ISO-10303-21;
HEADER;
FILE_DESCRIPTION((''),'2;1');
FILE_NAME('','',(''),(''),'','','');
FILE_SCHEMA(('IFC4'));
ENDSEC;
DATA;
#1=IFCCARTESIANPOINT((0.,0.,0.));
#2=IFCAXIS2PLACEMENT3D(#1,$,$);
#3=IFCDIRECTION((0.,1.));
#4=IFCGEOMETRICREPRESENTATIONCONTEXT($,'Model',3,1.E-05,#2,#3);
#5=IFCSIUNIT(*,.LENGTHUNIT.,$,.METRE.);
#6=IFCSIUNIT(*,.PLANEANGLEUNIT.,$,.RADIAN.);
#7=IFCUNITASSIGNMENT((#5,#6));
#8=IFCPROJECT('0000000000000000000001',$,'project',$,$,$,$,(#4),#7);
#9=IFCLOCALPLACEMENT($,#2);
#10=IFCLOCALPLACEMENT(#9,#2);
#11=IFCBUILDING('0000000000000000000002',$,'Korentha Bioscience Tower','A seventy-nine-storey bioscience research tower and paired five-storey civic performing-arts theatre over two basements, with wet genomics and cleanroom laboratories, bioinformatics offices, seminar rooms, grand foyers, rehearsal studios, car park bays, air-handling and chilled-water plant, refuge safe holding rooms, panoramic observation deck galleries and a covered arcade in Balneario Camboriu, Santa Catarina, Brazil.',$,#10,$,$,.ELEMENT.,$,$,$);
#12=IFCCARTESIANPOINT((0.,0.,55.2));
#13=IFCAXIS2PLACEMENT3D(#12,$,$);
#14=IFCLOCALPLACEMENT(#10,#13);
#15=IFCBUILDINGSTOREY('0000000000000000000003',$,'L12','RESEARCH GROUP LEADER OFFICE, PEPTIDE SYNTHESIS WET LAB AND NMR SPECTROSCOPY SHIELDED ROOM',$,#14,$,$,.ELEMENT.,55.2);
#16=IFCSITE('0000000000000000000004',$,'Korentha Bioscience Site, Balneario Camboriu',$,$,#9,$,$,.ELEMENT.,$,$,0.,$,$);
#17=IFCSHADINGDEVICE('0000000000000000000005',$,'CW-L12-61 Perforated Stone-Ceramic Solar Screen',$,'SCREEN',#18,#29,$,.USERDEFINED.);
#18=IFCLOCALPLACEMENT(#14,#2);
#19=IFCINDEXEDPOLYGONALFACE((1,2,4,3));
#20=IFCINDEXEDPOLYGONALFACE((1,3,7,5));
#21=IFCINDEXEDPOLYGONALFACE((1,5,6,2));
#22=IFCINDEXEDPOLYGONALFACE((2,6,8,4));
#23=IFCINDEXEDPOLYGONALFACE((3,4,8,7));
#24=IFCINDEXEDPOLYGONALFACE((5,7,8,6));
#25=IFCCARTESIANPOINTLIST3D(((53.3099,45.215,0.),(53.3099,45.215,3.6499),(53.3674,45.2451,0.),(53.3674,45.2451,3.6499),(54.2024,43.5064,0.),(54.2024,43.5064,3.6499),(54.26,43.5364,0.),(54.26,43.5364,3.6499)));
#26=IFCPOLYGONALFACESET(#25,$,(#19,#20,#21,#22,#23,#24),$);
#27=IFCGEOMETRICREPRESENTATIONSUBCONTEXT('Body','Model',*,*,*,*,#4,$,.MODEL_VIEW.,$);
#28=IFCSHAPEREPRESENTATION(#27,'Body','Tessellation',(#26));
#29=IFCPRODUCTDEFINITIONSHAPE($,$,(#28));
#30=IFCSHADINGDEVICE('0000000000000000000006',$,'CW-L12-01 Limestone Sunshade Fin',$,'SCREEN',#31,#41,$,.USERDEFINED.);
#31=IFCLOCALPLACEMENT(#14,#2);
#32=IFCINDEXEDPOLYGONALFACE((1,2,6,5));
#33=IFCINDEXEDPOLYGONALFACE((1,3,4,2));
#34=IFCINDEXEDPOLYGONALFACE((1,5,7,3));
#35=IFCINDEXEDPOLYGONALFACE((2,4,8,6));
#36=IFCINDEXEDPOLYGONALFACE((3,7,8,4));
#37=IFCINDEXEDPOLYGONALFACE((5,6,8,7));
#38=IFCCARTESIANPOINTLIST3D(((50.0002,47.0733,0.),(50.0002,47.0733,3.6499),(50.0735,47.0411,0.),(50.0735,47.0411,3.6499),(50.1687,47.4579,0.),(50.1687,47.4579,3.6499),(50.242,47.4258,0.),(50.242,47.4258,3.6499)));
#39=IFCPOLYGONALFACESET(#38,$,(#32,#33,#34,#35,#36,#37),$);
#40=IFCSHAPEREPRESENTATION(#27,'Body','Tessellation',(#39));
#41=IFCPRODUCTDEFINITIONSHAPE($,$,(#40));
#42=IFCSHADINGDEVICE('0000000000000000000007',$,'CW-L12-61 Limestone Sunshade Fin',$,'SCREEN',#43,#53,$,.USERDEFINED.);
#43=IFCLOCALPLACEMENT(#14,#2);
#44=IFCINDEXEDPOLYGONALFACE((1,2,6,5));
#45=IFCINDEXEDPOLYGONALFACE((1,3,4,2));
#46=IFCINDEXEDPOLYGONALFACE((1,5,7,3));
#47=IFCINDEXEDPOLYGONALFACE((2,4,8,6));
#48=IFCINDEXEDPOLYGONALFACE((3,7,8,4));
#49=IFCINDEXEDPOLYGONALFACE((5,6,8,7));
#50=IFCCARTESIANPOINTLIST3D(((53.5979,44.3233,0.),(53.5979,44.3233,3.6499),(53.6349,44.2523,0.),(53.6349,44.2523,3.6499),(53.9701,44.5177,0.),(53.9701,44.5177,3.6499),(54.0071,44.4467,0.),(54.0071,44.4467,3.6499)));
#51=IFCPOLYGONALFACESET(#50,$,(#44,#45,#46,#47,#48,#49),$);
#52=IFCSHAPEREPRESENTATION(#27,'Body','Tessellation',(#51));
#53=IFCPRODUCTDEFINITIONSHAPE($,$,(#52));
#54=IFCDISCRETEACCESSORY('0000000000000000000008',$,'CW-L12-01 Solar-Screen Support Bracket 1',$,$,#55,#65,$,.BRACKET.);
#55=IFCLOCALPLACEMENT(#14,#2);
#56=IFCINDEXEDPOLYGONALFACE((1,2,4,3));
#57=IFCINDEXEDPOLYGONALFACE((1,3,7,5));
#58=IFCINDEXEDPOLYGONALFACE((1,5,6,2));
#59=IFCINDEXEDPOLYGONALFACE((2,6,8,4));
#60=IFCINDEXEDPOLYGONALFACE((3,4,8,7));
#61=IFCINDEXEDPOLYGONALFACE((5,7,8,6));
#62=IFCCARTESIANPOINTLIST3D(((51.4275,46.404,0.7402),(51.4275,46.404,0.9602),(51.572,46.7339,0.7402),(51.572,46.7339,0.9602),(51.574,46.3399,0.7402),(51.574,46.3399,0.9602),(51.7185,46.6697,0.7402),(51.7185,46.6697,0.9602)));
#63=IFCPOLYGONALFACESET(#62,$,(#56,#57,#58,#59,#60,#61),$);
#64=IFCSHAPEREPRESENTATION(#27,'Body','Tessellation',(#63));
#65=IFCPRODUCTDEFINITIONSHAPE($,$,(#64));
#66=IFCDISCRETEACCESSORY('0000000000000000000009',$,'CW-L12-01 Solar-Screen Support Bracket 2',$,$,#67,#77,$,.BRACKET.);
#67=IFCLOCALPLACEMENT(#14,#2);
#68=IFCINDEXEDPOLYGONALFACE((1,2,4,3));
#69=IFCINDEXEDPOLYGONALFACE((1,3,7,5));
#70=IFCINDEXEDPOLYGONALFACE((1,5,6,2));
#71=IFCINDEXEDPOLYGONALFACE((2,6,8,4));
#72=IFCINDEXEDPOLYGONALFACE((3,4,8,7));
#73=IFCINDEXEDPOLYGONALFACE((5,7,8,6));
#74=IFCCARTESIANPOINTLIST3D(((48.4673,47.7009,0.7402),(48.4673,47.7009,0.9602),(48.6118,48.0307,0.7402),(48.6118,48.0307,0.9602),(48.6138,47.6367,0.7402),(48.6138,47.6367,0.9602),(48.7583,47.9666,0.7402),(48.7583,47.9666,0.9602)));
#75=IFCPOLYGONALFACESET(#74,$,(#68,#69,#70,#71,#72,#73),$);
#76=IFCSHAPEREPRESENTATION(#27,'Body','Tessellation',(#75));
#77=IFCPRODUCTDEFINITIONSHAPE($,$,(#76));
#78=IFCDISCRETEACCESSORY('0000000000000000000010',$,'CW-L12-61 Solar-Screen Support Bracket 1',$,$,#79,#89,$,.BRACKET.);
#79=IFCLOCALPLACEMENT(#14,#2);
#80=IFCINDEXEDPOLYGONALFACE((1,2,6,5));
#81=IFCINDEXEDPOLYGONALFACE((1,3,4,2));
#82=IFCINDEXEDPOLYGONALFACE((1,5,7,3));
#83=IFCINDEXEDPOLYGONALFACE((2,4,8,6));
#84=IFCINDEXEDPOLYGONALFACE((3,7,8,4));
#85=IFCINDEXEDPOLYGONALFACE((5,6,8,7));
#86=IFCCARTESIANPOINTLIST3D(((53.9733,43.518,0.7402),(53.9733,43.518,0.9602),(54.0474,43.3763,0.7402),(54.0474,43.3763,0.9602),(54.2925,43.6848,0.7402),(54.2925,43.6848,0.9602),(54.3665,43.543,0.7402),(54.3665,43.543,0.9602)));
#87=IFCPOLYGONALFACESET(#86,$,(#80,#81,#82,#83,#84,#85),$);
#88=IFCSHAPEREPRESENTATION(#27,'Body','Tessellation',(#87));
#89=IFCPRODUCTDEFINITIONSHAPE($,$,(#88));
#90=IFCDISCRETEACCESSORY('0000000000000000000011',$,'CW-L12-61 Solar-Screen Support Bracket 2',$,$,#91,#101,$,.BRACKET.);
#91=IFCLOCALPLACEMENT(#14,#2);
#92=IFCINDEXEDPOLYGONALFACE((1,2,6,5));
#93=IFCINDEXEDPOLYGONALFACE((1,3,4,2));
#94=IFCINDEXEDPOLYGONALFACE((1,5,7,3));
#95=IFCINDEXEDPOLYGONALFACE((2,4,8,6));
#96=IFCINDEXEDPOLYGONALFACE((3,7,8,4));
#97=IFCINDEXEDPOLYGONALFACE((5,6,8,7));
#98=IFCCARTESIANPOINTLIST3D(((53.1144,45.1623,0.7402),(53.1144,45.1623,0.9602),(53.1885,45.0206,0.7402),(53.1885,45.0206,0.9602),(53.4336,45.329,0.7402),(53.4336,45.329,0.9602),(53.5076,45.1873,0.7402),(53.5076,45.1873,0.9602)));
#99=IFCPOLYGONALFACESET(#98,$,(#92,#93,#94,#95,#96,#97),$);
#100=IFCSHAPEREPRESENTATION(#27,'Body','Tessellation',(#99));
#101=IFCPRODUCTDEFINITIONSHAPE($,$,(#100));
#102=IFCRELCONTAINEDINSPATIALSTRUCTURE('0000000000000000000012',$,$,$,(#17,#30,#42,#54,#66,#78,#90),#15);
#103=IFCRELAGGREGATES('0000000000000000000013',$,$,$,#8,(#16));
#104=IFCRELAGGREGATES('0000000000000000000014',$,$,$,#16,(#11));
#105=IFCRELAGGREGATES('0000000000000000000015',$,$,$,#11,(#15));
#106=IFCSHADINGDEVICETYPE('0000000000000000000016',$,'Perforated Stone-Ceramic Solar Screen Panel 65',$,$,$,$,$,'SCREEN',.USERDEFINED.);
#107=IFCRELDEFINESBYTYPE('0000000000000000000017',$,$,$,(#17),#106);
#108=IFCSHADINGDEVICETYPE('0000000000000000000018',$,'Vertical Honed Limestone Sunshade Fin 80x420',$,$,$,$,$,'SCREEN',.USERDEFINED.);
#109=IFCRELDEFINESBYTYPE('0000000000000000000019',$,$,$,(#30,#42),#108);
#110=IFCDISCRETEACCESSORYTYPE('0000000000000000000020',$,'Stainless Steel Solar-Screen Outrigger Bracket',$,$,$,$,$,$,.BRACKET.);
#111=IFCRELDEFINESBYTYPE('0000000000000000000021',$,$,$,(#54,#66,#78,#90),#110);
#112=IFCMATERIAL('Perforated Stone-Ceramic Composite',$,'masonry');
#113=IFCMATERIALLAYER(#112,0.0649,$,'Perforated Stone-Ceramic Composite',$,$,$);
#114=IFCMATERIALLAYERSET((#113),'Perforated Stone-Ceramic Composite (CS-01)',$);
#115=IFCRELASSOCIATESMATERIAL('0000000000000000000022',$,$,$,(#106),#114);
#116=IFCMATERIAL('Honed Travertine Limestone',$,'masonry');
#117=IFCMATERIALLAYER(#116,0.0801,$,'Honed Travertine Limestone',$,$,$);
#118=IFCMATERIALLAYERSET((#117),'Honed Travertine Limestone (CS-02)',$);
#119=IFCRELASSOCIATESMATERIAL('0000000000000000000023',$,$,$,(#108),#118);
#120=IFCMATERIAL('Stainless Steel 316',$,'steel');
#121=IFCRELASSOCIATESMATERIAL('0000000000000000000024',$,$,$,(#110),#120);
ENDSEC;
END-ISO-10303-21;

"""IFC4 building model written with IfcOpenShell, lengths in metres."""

from ifc_helpers import new_model, si_unit, direction, frame, origin, origin_2d, place, context, subcontext, project, spatial, rectangle, extrude, material, layer, layer_set, type_object, element, save


model = new_model("IFC4")

# Units and contexts
model_context = context("Model", 3, precision=1e-05, world=origin(), true_north=direction((0.0, 1.0)))
body_context = subcontext(model_context, "Body", "Model", "MODEL_VIEW")
ifc_project = project(units=[si_unit("LENGTHUNIT", "METRE"), si_unit("PLANEANGLEUNIT", "RADIAN")], contexts=[model_context])

# Site, building, storey
site_placement = place(None, origin())
site = spatial("IfcSite", under=ifc_project, at=site_placement, Name="Korentha Bioscience Site, Balneario Camboriu", CompositionType="ELEMENT", RefElevation=0.0)
building_placement = place(site_placement, origin())
building = spatial("IfcBuilding", under=site, at=building_placement, Name="Korentha Bioscience Tower", Description="A seventy-nine-storey bioscience research tower and paired five-storey civic performing-arts theatre over two basements, with wet genomics and cleanroom laboratories, bioinformatics offices, seminar rooms, grand foyers, rehearsal studios, car park bays, air-handling and chilled-water plant, refuge safe holding rooms, panoramic observation deck galleries and a covered arcade in Balneario Camboriu, Santa Catarina, Brazil.", CompositionType="ELEMENT")
storey_placement = place(building_placement, frame((0.0, 0.0, 55.2)))
storey = spatial("IfcBuildingStorey", under=building, at=storey_placement, Name="L12", Description="RESEARCH GROUP LEADER OFFICE, PEPTIDE SYNTHESIS WET LAB AND NMR SPECTROSCOPY SHIELDED ROOM", CompositionType="ELEMENT", Elevation=55.2)

# Shading devices
ifc_material_1 = material(Name="Perforated Stone-Ceramic Composite", Category="masonry")
ifc_layer_1 = layer(ifc_material_1, 0.0649, Name="Perforated Stone-Ceramic Composite")
ifc_layer_set_1 = layer_set([ifc_layer_1], Name="Perforated Stone-Ceramic Composite (CS-01)")
shading_device_type_1 = type_object("IfcShadingDeviceType", Name="Perforated Stone-Ceramic Solar Screen Panel 65", ElementType="SCREEN", PredefinedType="USERDEFINED", material=ifc_layer_set_1)
shading_device_1_placement = place(storey_placement, frame((53.7849, 44.3757, 0.0), z_axis=(0.0, 0.0, 1.0), x_axis=(-0.463009, 0.886354, 0.0)))
element("IfcShadingDevice", 1, at=shading_device_1_placement, inside=storey, type_object=shading_device_type_1, Name="CW-L12-61 Perforated Stone-Ceramic Solar Screen", ObjectType="SCREEN", PredefinedType="USERDEFINED", context=body_context, shape_type="SweptSolid", body=[
    extrude(rectangle(XDim=1.9277, YDim=0.0649, at=origin_2d()), origin(), (0.0, 0.0, 1.0), 3.6499),
])
ifc_material_2 = material(Name="Honed Travertine Limestone", Category="masonry")
ifc_layer_2 = layer(ifc_material_2, 0.0801, Name="Honed Travertine Limestone")
ifc_layer_set_2 = layer_set([ifc_layer_2], Name="Honed Travertine Limestone (CS-02)")
shading_device_type_2 = type_object("IfcShadingDeviceType", Name="Vertical Honed Limestone Sunshade Fin 80x420", ElementType="SCREEN", PredefinedType="USERDEFINED", material=ifc_layer_set_2)
for number, where, z_axis, x_axis, name in (
    (2, (50.1211, 47.2495, 0.0), (0.0, 0.0, 1.0), (-0.915939, 0.401317, 0.0), "CW-L12-01 Limestone Sunshade Fin"),
    (3, (53.8025, 44.385, 0.0), (0.0, 0.0, 1.0), (-0.463009, 0.886354, 0.0), "CW-L12-61 Limestone Sunshade Fin"),
):
    element("IfcShadingDevice", number, at=place(storey_placement, frame(where, z_axis=z_axis, x_axis=x_axis)), inside=storey, type_object=shading_device_type_2, Name=name, ObjectType="SCREEN", PredefinedType="USERDEFINED", context=body_context, shape_type="SweptSolid", body=[
        extrude(rectangle(XDim=0.0801, YDim=0.4199, at=origin_2d()), origin(), (0.0, 0.0, 1.0), 3.6499),
    ])

# Discrete accessories
ifc_material_3 = material(Name="Stainless Steel 316", Category="steel")
discrete_accessory_type = type_object("IfcDiscreteAccessoryType", Name="Stainless Steel Solar-Screen Outrigger Bracket", PredefinedType="BRACKET", material=ifc_material_3)
for number, where, z_axis, x_axis, name in (
    (4, (51.573, 46.5369, 0.7402), (0.0, 0.0, 1.0), (-0.915939, 0.401317, 0.0), "CW-L12-01 Solar-Screen Support Bracket 1"),
    (5, (48.6128, 47.8337, 0.7402), (0.0, 0.0, 1.0), (-0.915939, 0.401317, 0.0), "CW-L12-01 Solar-Screen Support Bracket 2"),
    (6, (54.1699, 43.5305, 0.7402), (0.0, 0.0, 1.0), (-0.463009, 0.886354, 0.0), "CW-L12-61 Solar-Screen Support Bracket 1"),
    (7, (53.311, 45.1748, 0.7402), (0.0, 0.0, 1.0), (-0.463009, 0.886354, 0.0), "CW-L12-61 Solar-Screen Support Bracket 2"),
):
    element("IfcDiscreteAccessory", number, at=place(storey_placement, frame(where, z_axis=z_axis, x_axis=x_axis)), inside=storey, type_object=discrete_accessory_type, Name=name, PredefinedType="BRACKET", context=body_context, shape_type="SweptSolid", body=[
        extrude(rectangle(XDim=0.1599, YDim=0.3601, at=origin_2d()), origin(), (0.0, 0.0, 1.0), 0.22),
    ])

save(model, "model.ifc")
